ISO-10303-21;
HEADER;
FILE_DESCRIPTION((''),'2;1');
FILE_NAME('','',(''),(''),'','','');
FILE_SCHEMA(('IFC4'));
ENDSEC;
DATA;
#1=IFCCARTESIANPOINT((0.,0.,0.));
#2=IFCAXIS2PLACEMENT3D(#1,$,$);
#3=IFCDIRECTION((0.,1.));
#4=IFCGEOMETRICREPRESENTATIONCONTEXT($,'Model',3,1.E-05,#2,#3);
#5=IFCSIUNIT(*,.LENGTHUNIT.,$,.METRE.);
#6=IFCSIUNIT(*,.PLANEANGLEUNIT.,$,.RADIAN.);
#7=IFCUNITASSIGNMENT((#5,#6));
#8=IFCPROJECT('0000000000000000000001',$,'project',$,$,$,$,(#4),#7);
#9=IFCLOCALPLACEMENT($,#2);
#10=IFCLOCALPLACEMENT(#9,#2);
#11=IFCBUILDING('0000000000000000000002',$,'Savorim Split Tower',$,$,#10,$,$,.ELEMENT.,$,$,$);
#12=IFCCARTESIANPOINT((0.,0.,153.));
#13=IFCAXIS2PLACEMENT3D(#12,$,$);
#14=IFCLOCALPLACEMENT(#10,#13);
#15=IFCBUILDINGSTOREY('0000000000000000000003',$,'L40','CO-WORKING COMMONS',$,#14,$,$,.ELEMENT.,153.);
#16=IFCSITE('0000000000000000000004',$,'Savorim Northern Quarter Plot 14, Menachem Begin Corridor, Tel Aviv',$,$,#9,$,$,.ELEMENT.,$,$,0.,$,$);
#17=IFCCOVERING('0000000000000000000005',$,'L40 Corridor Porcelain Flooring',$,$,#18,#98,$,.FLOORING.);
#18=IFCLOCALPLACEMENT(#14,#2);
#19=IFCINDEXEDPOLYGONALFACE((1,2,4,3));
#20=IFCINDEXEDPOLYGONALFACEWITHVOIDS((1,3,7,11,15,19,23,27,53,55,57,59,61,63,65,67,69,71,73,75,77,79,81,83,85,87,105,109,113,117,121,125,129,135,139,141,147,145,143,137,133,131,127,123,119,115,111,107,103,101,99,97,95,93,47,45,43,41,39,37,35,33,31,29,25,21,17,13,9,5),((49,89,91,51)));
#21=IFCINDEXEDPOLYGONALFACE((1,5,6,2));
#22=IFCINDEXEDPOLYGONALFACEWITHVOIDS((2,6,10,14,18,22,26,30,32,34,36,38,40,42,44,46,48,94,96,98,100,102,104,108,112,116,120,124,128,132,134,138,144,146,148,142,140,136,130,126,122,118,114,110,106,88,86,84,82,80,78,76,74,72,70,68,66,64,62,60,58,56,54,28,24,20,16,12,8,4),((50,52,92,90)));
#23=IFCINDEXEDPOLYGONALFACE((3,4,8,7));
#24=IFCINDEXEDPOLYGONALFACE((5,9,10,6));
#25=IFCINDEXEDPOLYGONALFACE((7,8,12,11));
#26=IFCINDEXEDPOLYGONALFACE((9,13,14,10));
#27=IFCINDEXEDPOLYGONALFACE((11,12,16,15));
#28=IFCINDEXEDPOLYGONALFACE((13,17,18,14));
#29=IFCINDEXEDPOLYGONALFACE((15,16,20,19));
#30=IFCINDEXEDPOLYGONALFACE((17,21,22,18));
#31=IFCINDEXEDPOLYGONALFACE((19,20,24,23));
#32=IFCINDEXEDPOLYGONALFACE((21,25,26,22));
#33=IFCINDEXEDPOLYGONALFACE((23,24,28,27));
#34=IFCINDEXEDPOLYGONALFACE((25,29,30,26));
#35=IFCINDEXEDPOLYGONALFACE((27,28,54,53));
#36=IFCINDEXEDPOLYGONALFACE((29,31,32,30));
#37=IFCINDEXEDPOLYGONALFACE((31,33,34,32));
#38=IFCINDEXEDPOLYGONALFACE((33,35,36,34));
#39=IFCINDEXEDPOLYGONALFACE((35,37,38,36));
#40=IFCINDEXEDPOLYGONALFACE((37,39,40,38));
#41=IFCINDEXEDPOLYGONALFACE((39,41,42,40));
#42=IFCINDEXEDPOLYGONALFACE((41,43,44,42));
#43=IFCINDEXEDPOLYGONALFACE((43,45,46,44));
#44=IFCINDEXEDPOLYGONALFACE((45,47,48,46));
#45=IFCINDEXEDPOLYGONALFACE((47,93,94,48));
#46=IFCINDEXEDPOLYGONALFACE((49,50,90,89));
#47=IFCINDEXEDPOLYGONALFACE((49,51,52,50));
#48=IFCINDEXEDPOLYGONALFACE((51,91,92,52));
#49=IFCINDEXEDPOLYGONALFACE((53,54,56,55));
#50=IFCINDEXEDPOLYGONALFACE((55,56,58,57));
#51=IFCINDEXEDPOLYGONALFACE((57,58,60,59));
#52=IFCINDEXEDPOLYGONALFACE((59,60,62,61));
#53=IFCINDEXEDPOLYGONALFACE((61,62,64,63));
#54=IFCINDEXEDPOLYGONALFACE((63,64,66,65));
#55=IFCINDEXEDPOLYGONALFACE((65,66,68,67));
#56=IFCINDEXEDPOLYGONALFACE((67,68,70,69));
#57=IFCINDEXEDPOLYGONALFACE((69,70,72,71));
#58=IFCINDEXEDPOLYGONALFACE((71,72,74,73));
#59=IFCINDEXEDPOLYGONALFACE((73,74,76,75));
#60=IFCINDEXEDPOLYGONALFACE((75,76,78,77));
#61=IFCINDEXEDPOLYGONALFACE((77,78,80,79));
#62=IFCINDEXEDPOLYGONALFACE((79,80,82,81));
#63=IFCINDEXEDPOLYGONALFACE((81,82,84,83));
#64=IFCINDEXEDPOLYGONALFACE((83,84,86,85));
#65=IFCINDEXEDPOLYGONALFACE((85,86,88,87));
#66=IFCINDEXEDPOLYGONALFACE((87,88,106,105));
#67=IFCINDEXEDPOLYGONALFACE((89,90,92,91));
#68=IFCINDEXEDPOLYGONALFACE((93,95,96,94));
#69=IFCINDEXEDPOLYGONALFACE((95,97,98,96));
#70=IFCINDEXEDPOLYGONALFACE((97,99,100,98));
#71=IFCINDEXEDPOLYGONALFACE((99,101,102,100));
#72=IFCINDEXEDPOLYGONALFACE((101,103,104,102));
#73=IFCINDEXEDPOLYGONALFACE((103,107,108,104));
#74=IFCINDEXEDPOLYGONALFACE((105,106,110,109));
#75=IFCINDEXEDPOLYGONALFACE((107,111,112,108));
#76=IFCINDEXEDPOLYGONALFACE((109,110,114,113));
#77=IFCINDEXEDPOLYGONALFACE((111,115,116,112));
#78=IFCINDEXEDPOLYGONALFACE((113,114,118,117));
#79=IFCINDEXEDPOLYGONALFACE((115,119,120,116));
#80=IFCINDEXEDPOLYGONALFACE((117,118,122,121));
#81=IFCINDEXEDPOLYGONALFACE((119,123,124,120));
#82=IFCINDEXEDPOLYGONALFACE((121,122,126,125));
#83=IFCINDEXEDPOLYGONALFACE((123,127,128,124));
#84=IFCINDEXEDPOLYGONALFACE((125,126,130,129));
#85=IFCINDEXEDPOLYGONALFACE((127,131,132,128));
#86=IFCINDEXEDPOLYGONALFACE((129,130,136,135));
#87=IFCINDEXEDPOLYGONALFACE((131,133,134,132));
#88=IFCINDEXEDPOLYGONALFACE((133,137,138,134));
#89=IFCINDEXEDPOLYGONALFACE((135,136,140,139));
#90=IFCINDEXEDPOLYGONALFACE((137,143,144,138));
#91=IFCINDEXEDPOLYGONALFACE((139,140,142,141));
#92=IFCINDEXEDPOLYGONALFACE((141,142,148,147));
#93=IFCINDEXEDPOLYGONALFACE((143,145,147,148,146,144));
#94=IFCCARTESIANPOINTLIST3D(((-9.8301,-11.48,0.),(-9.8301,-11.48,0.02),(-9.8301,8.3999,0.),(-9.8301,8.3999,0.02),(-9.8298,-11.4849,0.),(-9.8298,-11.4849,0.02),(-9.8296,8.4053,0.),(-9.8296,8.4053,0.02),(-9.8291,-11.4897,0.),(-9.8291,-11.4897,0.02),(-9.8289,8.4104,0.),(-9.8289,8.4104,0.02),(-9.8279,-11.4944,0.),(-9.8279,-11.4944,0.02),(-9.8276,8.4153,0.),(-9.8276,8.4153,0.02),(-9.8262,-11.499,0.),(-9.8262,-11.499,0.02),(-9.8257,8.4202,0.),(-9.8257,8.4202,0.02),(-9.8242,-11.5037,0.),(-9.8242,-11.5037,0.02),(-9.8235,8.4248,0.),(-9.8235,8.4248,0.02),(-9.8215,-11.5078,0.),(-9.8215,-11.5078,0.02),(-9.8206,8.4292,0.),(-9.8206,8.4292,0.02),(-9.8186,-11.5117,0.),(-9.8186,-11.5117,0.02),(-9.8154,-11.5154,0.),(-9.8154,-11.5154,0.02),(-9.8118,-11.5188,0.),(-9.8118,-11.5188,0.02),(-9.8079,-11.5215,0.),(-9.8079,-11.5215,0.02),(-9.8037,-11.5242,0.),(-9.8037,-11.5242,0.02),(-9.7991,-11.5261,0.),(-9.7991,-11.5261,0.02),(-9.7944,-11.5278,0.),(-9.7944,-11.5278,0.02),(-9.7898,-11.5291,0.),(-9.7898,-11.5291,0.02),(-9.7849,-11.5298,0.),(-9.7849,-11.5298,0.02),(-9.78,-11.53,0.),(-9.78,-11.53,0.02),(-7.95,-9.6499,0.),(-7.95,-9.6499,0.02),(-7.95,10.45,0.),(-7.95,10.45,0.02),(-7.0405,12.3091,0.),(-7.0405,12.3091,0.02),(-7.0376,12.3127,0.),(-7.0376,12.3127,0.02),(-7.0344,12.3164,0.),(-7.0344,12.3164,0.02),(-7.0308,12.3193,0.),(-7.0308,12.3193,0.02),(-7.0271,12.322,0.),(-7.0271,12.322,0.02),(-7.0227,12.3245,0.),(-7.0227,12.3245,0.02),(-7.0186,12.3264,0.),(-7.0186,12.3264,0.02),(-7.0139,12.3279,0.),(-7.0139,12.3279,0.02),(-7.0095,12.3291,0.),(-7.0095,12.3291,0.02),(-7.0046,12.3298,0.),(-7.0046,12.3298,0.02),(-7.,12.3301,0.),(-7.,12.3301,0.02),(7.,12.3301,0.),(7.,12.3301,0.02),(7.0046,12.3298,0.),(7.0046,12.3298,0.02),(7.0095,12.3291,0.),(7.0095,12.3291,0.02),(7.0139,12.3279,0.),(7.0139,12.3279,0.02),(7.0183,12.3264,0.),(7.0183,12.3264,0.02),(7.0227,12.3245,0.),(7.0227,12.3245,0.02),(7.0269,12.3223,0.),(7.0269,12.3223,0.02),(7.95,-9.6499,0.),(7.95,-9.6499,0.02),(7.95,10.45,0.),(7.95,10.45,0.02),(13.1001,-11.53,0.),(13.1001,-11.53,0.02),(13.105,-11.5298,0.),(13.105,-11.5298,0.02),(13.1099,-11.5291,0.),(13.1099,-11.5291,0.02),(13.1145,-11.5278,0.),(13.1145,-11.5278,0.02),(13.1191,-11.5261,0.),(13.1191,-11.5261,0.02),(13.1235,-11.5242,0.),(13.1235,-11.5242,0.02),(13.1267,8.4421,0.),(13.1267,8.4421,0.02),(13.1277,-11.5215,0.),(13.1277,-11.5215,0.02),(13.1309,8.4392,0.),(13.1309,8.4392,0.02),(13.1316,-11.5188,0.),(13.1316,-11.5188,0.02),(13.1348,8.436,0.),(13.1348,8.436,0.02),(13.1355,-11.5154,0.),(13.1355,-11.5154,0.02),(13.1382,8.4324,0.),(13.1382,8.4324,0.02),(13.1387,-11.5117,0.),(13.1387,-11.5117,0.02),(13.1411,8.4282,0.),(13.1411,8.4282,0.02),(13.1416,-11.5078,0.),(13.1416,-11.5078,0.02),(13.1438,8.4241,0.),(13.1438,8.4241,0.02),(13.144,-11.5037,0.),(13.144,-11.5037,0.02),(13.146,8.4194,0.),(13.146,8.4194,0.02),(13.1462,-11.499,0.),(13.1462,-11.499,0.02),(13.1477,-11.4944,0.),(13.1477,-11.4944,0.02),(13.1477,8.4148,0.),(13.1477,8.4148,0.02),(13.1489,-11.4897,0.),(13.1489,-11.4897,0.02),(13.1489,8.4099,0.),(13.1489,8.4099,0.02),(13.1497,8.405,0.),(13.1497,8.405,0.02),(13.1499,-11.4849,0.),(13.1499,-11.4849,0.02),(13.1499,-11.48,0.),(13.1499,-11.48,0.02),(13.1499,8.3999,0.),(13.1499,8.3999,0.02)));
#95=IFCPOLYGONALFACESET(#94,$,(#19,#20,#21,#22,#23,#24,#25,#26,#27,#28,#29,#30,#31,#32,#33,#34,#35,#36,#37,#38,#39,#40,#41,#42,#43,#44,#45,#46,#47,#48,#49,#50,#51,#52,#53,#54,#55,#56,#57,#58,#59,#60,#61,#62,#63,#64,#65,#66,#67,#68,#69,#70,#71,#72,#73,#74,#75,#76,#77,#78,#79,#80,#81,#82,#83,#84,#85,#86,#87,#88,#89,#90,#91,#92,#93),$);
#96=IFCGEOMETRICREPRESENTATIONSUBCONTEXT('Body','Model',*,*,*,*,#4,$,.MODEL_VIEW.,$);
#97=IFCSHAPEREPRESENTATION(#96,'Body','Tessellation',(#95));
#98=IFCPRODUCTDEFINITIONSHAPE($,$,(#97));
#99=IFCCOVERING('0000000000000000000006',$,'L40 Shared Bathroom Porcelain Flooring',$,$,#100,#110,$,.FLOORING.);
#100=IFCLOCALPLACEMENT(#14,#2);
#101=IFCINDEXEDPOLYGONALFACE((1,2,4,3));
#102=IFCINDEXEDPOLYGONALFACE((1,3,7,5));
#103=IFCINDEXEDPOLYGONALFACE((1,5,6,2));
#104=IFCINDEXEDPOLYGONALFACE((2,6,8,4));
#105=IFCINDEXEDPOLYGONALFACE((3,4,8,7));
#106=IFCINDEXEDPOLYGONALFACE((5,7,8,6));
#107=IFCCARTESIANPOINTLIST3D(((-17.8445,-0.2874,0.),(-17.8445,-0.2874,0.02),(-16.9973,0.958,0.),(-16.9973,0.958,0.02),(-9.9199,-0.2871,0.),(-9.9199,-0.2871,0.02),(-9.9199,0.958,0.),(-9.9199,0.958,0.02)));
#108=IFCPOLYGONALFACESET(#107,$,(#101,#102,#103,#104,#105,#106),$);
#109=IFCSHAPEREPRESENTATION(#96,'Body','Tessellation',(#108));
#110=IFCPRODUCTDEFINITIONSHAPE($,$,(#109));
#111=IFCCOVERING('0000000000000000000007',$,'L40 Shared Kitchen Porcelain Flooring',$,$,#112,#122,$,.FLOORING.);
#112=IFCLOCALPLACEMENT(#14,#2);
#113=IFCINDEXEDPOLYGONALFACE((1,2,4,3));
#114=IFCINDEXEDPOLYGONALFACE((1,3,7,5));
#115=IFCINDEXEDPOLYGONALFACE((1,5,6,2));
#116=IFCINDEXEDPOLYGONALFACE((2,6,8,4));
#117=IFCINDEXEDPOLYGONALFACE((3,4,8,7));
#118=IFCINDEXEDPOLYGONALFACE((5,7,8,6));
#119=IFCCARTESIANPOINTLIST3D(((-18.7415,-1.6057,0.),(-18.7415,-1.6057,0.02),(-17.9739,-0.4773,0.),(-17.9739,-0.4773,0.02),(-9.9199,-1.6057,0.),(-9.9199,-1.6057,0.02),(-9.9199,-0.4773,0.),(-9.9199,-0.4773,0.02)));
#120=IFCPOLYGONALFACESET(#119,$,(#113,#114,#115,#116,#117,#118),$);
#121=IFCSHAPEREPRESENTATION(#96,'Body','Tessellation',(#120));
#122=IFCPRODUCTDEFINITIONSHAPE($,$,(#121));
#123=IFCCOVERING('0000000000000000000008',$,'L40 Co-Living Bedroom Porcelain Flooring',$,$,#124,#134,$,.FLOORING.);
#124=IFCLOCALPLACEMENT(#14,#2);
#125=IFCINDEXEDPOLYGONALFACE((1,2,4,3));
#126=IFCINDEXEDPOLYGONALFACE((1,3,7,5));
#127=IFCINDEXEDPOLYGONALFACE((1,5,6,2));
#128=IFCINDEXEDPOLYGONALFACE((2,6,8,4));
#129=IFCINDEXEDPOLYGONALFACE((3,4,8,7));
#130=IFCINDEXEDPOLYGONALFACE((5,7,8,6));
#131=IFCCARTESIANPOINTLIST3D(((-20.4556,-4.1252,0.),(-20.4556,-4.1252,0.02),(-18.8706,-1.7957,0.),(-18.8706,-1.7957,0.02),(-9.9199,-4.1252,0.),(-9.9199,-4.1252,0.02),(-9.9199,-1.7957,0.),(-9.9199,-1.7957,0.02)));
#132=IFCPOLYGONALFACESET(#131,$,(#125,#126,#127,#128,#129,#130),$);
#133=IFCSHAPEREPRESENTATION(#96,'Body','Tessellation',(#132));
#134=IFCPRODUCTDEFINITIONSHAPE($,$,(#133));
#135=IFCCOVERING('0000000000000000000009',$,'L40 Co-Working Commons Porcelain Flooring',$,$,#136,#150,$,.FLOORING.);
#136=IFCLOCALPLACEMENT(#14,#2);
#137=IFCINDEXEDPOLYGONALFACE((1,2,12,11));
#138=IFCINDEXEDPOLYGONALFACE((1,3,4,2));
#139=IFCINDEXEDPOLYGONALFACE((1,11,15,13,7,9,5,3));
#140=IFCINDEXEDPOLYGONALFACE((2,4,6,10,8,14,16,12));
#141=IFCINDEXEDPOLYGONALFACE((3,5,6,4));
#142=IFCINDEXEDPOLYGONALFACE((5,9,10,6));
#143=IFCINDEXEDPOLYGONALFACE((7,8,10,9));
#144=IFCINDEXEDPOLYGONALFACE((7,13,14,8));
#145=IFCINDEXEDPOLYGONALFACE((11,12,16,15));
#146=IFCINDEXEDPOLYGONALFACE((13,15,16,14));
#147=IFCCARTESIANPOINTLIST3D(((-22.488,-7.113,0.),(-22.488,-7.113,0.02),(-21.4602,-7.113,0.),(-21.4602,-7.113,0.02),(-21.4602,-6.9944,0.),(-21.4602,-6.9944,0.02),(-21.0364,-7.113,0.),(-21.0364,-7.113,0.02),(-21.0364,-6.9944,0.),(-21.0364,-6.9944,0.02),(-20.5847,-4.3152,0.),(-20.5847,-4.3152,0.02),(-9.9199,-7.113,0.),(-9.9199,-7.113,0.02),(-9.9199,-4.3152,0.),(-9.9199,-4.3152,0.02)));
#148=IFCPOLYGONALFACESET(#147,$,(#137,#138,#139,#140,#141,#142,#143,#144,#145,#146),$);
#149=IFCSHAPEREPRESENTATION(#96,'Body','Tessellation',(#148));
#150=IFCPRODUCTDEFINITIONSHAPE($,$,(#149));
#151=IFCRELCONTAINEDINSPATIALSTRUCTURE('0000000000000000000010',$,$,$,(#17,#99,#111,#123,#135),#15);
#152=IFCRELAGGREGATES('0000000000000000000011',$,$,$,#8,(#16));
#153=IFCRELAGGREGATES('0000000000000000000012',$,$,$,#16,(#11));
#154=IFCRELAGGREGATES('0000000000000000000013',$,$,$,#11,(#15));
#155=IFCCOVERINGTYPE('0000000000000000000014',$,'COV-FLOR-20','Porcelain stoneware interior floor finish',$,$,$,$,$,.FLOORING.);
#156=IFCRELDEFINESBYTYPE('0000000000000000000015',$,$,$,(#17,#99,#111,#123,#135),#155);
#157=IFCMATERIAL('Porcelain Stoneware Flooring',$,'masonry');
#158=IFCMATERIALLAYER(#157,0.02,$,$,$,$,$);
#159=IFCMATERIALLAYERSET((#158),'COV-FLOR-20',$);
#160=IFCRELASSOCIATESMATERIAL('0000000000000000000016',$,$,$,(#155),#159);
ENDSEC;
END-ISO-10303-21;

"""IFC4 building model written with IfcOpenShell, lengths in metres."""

from ifc_helpers import new_model, si_unit, direction, frame, origin, place, context, subcontext, project, spatial, polyline, outline, extrude, material, layer, layer_set, type_object, element, save


model = new_model("IFC4")

# Units and contexts
model_context = context("Model", 3, precision=1e-05, world=origin(), true_north=direction((0.0, 1.0)))
body_context = subcontext(model_context, "Body", "Model", "MODEL_VIEW")
ifc_project = project(units=[si_unit("LENGTHUNIT", "METRE"), si_unit("PLANEANGLEUNIT", "RADIAN")], contexts=[model_context])

# Site, building, storey
site_placement = place(None, origin())
site = spatial("IfcSite", under=ifc_project, at=site_placement, Name="Savorim Northern Quarter Plot 14, Menachem Begin Corridor, Tel Aviv", CompositionType="ELEMENT", RefElevation=0.0)
building_placement = place(site_placement, origin())
building = spatial("IfcBuilding", under=site, at=building_placement, Name="Savorim Split Tower", CompositionType="ELEMENT")
storey_placement = place(building_placement, frame((0.0, 0.0, 153.0)))
storey = spatial("IfcBuildingStorey", under=building, at=storey_placement, Name="L40", Description="CO-WORKING COMMONS", CompositionType="ELEMENT", Elevation=153.0)

# Coverings
ifc_material_1 = material(Name="Porcelain Stoneware Flooring", Category="masonry")
ifc_layer_1 = layer(ifc_material_1, 0.02)
ifc_layer_set_1 = layer_set([ifc_layer_1], Name="COV-FLOR-20")
covering_type_1 = type_object("IfcCoveringType", Name="COV-FLOR-20", Description="Porcelain stoneware interior floor finish", PredefinedType="FLOORING", material=ifc_layer_set_1)
covering_1_placement = place(storey_placement, origin())
element("IfcCovering", 1, at=covering_1_placement, inside=storey, type_object=covering_type_1, Name="L40 Corridor Porcelain Flooring", PredefinedType="FLOORING", context=body_context, shape_type="SweptSolid", body=[
    extrude(outline(polyline([(7.0095, 12.3291), (7.0046, 12.3298), (7.0, 12.3301), (-7.0, 12.3301), (-7.0046, 12.3298), (-7.0095, 12.3291), (-7.0139, 12.3279), (-7.0186, 12.3264), (-7.0227, 12.3245), (-7.0271, 12.322), (-7.0308, 12.3193), (-7.0344, 12.3164), (-7.0376, 12.3127), (-7.0405, 12.3091), (-9.8206, 8.4292), (-9.8235, 8.4248), (-9.8257, 8.4202), (-9.8276, 8.4153), (-9.8289, 8.4104), (-9.8296, 8.4053), (-9.8301, 8.3999), (-9.8301, -11.48), (-9.8298, -11.4849), (-9.8291, -11.4897), (-9.8279, -11.4944), (-9.8262, -11.499), (-9.8242, -11.5037), (-9.8215, -11.5078), (-9.8186, -11.5117), (-9.8154, -11.5154), (-9.8118, -11.5188), (-9.8079, -11.5215), (-9.8037, -11.5242), (-9.7991, -11.5261), (-9.7944, -11.5278), (-9.7898, -11.5291), (-9.7849, -11.5298), (-9.78, -11.53), (13.1001, -11.53), (13.105, -11.5298), (13.1099, -11.5291), (13.1145, -11.5278), (13.1191, -11.5261), (13.1235, -11.5242), (13.1277, -11.5215), (13.1316, -11.5188), (13.1355, -11.5154), (13.1387, -11.5117), (13.1416, -11.5078), (13.144, -11.5037), (13.1462, -11.499), (13.1477, -11.4944), (13.1489, -11.4897), (13.1499, -11.4849), (13.1499, -11.48), (13.1499, 8.3999), (13.1497, 8.405), (13.1489, 8.4099), (13.1477, 8.4148), (13.146, 8.4194), (13.1438, 8.4241), (13.1411, 8.4282), (13.1382, 8.4324), (13.1348, 8.436), (13.1309, 8.4392), (13.1267, 8.4421), (7.0269, 12.3223), (7.0227, 12.3245), (7.0183, 12.3264), (7.0139, 12.3279), (7.0095, 12.3291)]), holes=[polyline([(-7.95, 10.45), (-7.95, -9.6499), (7.95, -9.6499), (7.95, 10.45), (-7.95, 10.45)])]), origin(), (0.0, 0.0, 1.0), 0.02),
])
covering_2_placement = place(storey_placement, origin())
element("IfcCovering", 2, at=covering_2_placement, inside=storey, type_object=covering_type_1, Name="L40 Shared Bathroom Porcelain Flooring", PredefinedType="FLOORING", context=body_context, shape_type="SweptSolid", body=[
    extrude(outline(polyline([(-16.9973, 0.958), (-17.8445, -0.2874), (-9.9199, -0.2871), (-9.9199, 0.958), (-16.9973, 0.958)])), origin(), (0.0, 0.0, 1.0), 0.02),
])
covering_3_placement = place(storey_placement, origin())
element("IfcCovering", 3, at=covering_3_placement, inside=storey, type_object=covering_type_1, Name="L40 Shared Kitchen Porcelain Flooring", PredefinedType="FLOORING", context=body_context, shape_type="SweptSolid", body=[
    extrude(outline(polyline([(-17.9739, -0.4773), (-18.7415, -1.6057), (-9.9199, -1.6057), (-9.9199, -0.4773), (-17.9739, -0.4773)])), origin(), (0.0, 0.0, 1.0), 0.02),
])
covering_4_placement = place(storey_placement, origin())
element("IfcCovering", 4, at=covering_4_placement, inside=storey, type_object=covering_type_1, Name="L40 Co-Living Bedroom Porcelain Flooring", PredefinedType="FLOORING", context=body_context, shape_type="SweptSolid", body=[
    extrude(outline(polyline([(-18.8706, -1.7957), (-20.4556, -4.1252), (-9.9199, -4.1252), (-9.9199, -1.7957), (-18.8706, -1.7957)])), origin(), (0.0, 0.0, 1.0), 0.02),
])
covering_5_placement = place(storey_placement, origin())
element("IfcCovering", 5, at=covering_5_placement, inside=storey, type_object=covering_type_1, Name="L40 Co-Working Commons Porcelain Flooring", PredefinedType="FLOORING", context=body_context, shape_type="SweptSolid", body=[
    extrude(outline(polyline([(-21.0364, -6.9944), (-21.0364, -7.113), (-9.9199, -7.113), (-9.9199, -4.3152), (-20.5847, -4.3152), (-22.488, -7.113), (-21.4602, -7.113), (-21.4602, -6.9944), (-21.0364, -6.9944)])), origin(), (0.0, 0.0, 1.0), 0.02),
])

save(model, "model.ifc")
